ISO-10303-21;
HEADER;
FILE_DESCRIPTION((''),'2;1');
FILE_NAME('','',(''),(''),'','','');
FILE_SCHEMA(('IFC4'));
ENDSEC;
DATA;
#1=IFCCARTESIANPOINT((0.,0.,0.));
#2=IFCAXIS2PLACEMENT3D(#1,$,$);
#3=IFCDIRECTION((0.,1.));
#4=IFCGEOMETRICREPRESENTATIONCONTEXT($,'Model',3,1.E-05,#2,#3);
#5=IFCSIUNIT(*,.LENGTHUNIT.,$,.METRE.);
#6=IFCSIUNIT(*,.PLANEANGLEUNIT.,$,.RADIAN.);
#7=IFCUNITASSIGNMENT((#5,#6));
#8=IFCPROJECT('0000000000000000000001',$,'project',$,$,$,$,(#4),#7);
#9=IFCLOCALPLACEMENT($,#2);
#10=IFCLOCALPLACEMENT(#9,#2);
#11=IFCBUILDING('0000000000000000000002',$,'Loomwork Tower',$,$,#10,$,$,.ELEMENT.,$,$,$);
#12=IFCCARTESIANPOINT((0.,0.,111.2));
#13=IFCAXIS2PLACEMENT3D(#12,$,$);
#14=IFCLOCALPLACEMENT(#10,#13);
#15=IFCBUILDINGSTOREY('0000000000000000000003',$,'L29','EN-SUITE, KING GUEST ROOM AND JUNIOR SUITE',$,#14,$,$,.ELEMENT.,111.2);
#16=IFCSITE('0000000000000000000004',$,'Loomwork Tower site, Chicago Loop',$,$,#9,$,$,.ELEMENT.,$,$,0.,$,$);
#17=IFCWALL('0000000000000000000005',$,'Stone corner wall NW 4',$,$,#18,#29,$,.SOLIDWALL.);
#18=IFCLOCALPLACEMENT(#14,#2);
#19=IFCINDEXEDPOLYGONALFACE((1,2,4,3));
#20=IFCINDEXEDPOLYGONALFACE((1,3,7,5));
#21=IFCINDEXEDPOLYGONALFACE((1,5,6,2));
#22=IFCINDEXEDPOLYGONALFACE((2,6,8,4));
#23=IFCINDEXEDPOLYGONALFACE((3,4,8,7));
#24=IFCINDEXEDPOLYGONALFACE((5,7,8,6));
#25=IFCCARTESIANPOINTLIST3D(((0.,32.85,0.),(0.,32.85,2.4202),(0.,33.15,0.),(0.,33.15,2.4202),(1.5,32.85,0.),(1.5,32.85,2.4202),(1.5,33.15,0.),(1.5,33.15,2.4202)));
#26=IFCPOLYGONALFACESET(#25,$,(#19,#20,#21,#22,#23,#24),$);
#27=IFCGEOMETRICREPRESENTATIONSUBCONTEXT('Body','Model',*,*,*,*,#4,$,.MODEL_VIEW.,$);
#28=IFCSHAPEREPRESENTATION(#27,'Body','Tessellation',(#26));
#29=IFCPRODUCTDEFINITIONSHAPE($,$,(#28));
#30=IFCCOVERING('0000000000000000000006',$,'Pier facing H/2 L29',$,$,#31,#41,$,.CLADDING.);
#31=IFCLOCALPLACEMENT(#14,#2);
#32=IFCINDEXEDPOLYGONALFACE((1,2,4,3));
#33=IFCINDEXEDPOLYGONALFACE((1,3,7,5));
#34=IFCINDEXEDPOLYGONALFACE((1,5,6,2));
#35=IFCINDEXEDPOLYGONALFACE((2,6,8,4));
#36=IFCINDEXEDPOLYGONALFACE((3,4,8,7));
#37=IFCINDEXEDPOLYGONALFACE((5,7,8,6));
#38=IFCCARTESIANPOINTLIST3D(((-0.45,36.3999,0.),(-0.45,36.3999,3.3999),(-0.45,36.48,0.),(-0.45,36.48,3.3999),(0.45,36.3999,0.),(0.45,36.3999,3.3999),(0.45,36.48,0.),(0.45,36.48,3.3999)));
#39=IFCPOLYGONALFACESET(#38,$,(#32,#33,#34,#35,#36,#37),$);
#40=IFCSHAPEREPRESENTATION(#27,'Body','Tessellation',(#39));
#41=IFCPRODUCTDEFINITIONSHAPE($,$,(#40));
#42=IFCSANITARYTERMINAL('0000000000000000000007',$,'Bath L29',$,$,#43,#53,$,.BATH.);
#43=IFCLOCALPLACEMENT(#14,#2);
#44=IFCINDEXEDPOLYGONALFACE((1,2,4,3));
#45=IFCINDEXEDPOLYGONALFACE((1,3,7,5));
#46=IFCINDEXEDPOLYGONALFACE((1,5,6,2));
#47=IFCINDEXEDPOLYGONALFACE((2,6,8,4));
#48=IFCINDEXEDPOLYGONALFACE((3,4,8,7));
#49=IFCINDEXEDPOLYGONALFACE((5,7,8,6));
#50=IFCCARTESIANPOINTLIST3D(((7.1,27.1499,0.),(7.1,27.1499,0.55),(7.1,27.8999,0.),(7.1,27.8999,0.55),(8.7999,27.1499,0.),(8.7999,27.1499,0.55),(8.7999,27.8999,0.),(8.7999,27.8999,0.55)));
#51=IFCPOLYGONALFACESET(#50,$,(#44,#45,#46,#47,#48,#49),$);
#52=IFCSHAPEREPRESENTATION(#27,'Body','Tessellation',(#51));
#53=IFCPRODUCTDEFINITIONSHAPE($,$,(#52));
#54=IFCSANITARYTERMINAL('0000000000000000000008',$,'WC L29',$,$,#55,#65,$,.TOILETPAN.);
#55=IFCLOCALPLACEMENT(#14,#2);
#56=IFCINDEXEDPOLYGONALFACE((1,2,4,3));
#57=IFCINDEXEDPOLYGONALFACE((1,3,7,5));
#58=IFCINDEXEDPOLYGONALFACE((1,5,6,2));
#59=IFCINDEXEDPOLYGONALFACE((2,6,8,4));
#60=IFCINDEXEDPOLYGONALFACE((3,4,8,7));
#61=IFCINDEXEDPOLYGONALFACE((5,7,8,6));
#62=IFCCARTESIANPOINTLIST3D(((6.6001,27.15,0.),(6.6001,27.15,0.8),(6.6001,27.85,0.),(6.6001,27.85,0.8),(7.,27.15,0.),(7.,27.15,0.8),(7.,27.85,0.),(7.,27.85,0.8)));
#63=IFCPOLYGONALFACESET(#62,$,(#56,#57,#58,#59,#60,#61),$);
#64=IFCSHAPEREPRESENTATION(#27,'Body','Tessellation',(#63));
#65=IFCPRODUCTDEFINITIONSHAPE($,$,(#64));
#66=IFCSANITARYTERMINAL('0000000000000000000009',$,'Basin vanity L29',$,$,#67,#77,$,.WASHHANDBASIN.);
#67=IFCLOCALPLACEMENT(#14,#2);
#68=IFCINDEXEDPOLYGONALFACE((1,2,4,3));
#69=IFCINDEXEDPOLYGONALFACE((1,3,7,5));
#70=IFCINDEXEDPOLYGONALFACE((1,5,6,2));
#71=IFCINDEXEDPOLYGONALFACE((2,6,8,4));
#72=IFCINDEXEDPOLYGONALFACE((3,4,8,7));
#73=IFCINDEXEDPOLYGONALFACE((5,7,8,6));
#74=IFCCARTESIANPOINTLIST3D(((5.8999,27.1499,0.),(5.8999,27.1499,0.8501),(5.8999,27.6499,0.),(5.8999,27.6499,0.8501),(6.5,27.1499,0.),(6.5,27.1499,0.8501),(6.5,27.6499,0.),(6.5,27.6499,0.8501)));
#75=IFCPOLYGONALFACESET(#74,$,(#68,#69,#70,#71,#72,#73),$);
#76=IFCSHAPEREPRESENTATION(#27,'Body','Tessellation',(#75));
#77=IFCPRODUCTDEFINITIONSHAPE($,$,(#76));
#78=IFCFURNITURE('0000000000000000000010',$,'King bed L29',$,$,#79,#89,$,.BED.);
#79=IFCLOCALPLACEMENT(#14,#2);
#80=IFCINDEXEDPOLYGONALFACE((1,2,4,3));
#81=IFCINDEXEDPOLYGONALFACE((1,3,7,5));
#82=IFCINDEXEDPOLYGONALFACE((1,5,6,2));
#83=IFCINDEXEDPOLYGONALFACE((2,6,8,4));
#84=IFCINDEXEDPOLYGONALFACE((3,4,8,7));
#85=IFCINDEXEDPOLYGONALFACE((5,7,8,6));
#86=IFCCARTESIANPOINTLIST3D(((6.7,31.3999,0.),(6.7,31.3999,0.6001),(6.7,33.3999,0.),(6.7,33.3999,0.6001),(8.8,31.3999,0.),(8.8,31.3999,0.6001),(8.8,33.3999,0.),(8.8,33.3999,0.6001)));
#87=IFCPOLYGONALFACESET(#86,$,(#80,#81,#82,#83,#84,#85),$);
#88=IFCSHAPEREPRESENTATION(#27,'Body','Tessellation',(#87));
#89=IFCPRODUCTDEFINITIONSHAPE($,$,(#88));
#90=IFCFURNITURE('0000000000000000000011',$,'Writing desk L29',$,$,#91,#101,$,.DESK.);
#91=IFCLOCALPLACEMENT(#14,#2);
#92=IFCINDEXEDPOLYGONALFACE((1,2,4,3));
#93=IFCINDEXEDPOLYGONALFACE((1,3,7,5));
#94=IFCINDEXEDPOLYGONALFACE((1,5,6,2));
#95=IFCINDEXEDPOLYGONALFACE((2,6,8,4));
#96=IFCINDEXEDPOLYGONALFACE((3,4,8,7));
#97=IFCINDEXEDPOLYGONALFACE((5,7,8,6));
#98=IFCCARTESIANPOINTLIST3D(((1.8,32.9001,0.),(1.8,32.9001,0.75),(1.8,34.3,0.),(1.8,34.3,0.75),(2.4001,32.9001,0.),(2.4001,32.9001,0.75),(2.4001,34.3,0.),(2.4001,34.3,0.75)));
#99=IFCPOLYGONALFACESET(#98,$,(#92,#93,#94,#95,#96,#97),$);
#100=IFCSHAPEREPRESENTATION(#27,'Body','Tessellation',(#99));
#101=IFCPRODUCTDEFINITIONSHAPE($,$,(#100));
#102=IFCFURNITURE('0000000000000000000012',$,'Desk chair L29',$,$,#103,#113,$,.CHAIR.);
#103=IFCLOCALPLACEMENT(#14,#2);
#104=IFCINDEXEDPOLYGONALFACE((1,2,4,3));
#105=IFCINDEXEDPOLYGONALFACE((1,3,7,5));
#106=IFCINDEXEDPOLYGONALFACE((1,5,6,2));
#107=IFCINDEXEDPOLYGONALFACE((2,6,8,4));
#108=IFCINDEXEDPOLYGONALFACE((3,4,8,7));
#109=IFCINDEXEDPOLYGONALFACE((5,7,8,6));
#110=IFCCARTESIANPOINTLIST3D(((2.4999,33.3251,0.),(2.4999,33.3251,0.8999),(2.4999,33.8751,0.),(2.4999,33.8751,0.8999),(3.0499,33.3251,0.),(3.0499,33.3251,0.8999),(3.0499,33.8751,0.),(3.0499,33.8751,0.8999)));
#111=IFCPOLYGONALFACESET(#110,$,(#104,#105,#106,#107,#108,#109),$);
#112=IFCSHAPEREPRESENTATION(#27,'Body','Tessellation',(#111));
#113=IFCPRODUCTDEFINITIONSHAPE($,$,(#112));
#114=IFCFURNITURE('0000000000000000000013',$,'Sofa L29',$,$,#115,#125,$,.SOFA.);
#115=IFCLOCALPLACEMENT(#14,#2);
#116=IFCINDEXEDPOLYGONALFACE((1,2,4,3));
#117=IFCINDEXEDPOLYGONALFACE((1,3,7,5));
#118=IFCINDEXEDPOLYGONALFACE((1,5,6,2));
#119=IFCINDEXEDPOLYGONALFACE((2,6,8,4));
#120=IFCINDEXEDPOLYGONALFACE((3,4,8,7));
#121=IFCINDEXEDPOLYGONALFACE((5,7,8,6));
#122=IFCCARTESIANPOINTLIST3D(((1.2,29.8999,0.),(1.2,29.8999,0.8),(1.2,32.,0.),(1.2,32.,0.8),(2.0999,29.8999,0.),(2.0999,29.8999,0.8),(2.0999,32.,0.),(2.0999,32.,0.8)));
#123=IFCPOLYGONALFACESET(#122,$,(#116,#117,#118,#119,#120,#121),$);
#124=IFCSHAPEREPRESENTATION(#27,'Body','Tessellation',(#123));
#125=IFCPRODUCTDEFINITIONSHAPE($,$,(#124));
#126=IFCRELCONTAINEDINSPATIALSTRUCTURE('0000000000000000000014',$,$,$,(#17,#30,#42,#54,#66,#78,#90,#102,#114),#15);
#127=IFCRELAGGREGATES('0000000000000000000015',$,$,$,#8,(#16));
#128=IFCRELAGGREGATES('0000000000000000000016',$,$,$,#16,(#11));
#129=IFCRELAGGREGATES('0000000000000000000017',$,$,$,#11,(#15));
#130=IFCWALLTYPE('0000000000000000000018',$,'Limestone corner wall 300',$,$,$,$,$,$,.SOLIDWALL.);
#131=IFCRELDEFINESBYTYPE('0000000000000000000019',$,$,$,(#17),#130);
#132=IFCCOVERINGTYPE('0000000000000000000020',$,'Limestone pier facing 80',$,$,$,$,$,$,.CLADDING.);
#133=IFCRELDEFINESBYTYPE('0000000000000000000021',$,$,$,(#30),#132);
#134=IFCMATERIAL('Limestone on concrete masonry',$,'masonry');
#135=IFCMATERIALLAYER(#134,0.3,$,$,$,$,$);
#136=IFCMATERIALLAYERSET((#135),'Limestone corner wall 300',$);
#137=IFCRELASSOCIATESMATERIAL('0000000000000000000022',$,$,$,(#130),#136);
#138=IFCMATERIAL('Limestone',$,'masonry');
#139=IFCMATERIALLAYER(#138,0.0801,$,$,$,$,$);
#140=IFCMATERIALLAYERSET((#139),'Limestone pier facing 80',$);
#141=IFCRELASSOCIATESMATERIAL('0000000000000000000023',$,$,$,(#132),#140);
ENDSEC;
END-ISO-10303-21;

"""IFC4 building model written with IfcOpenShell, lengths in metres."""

from ifc_helpers import new_model, si_unit, direction, frame, frame_2d, origin, origin_2d, place, context, subcontext, project, spatial, rectangle, extrude, material, layer, layer_set, type_object, element, save


model = new_model("IFC4")

# Units and contexts
model_context = context("Model", 3, precision=1e-05, world=origin(), true_north=direction((0.0, 1.0)))
body_context = subcontext(model_context, "Body", "Model", "MODEL_VIEW")
ifc_project = project(units=[si_unit("LENGTHUNIT", "METRE"), si_unit("PLANEANGLEUNIT", "RADIAN")], contexts=[model_context])

# Site, building, storey
site_placement = place(None, origin())
site = spatial("IfcSite", under=ifc_project, at=site_placement, Name="Loomwork Tower site, Chicago Loop", CompositionType="ELEMENT", RefElevation=0.0)
building_placement = place(site_placement, origin())
building = spatial("IfcBuilding", under=site, at=building_placement, Name="Loomwork Tower", CompositionType="ELEMENT")
storey_placement = place(building_placement, frame((0.0, 0.0, 111.2)))
storey = spatial("IfcBuildingStorey", under=building, at=storey_placement, Name="L29", Description="EN-SUITE, KING GUEST ROOM AND JUNIOR SUITE", CompositionType="ELEMENT", Elevation=111.2)

# Shared definitions
ifc_material_1 = material(Name="Limestone on concrete masonry", Category="masonry")
ifc_layer_1 = layer(ifc_material_1, 0.3)
ifc_layer_set_1 = layer_set([ifc_layer_1], Name="Limestone corner wall 300")
wall_type_1 = type_object("IfcWallType", Name="Limestone corner wall 300", PredefinedType="SOLIDWALL", material=ifc_layer_set_1)

# Wall
wall_1_placement = place(storey_placement, frame((1.5, 33.0, 0.0), z_axis=(0.0, 0.0, 1.0), x_axis=(-1.0, 0.0, 0.0)))
element("IfcWall", 1, at=wall_1_placement, inside=storey, type_object=wall_type_1, Name="Stone corner wall NW 4", PredefinedType="SOLIDWALL", context=body_context, shape_type="SweptSolid", body=[
    extrude(rectangle(XDim=1.5, YDim=0.3, at=frame_2d((0.75, 0.0))), origin(), (0.0, 0.0, 1.0), 2.4202),
])

# Covering
ifc_material_2 = material(Name="Limestone", Category="masonry")
ifc_layer_2 = layer(ifc_material_2, 0.0801)
ifc_layer_set_2 = layer_set([ifc_layer_2], Name="Limestone pier facing 80")
covering_type = type_object("IfcCoveringType", Name="Limestone pier facing 80", PredefinedType="CLADDING", material=ifc_layer_set_2)
covering_placement = place(storey_placement, frame((0.0, 36.4399, 0.0), z_axis=(0.0, 0.0, 1.0), x_axis=(1.0, 0.0, 0.0)))
element("IfcCovering", 2, at=covering_placement, inside=storey, type_object=covering_type, Name="Pier facing H/2 L29", PredefinedType="CLADDING", context=body_context, shape_type="SweptSolid", body=[
    extrude(rectangle(XDim=0.8999, YDim=0.0801, at=origin_2d()), origin(), (0.0, 0.0, 1.0), 3.3999),
])

# Sanitary terminals
sanitary_terminal_1_placement = place(storey_placement, frame((7.95, 27.5249, 0.0), z_axis=(0.0, 0.0, 1.0), x_axis=(1.0, 0.0, 0.0)))
element("IfcSanitaryTerminal", 3, at=sanitary_terminal_1_placement, inside=storey, Name="Bath L29", PredefinedType="BATH", context=body_context, shape_type="SweptSolid", body=[
    extrude(rectangle(XDim=1.7, YDim=0.75, at=origin_2d()), origin(), (0.0, 0.0, 1.0), 0.55),
])
sanitary_terminal_2_placement = place(storey_placement, frame((6.8, 27.5, 0.0), z_axis=(0.0, 0.0, 1.0), x_axis=(1.0, 0.0, 0.0)))
element("IfcSanitaryTerminal", 4, at=sanitary_terminal_2_placement, inside=storey, Name="WC L29", PredefinedType="TOILETPAN", context=body_context, shape_type="SweptSolid", body=[
    extrude(rectangle(XDim=0.3999, YDim=0.7, at=origin_2d()), origin(), (0.0, 0.0, 1.0), 0.8),
])
sanitary_terminal_3_placement = place(storey_placement, frame((6.2, 27.3999, 0.0), z_axis=(0.0, 0.0, 1.0), x_axis=(1.0, 0.0, 0.0)))
element("IfcSanitaryTerminal", 5, at=sanitary_terminal_3_placement, inside=storey, Name="Basin vanity L29", PredefinedType="WASHHANDBASIN", context=body_context, shape_type="SweptSolid", body=[
    extrude(rectangle(XDim=0.6001, YDim=0.5, at=origin_2d()), origin(), (0.0, 0.0, 1.0), 0.8501),
])

# Furniture
furniture_1_placement = place(storey_placement, frame((7.75, 32.3999, 0.0), z_axis=(0.0, 0.0, 1.0), x_axis=(1.0, 0.0, 0.0)))
element("IfcFurniture", 6, at=furniture_1_placement, inside=storey, Name="King bed L29", PredefinedType="BED", context=body_context, shape_type="SweptSolid", body=[
    extrude(rectangle(XDim=2.1001, YDim=2.0, at=origin_2d()), origin(), (0.0, 0.0, 1.0), 0.6001),
])
furniture_2_placement = place(storey_placement, frame((2.1001, 33.6001, 0.0), z_axis=(0.0, 0.0, 1.0), x_axis=(1.0, 0.0, 0.0)))
element("IfcFurniture", 7, at=furniture_2_placement, inside=storey, Name="Writing desk L29", PredefinedType="DESK", context=body_context, shape_type="SweptSolid", body=[
    extrude(rectangle(XDim=0.6001, YDim=1.3999, at=origin_2d()), origin(), (0.0, 0.0, 1.0), 0.75),
])
furniture_3_placement = place(storey_placement, frame((2.7749, 33.6001, 0.0), z_axis=(0.0, 0.0, 1.0), x_axis=(1.0, 0.0, 0.0)))
element("IfcFurniture", 8, at=furniture_3_placement, inside=storey, Name="Desk chair L29", PredefinedType="CHAIR", context=body_context, shape_type="SweptSolid", body=[
    extrude(rectangle(XDim=0.55, YDim=0.55, at=origin_2d()), origin(), (0.0, 0.0, 1.0), 0.8999),
])
furniture_4_placement = place(storey_placement, frame((1.6499, 30.95, 0.0), z_axis=(0.0, 0.0, 1.0), x_axis=(1.0, 0.0, 0.0)))
element("IfcFurniture", 9, at=furniture_4_placement, inside=storey, Name="Sofa L29", PredefinedType="SOFA", context=body_context, shape_type="SweptSolid", body=[
    extrude(rectangle(XDim=0.8999, YDim=2.1001, at=origin_2d()), origin(), (0.0, 0.0, 1.0), 0.8),
])

save(model, "model.ifc")
